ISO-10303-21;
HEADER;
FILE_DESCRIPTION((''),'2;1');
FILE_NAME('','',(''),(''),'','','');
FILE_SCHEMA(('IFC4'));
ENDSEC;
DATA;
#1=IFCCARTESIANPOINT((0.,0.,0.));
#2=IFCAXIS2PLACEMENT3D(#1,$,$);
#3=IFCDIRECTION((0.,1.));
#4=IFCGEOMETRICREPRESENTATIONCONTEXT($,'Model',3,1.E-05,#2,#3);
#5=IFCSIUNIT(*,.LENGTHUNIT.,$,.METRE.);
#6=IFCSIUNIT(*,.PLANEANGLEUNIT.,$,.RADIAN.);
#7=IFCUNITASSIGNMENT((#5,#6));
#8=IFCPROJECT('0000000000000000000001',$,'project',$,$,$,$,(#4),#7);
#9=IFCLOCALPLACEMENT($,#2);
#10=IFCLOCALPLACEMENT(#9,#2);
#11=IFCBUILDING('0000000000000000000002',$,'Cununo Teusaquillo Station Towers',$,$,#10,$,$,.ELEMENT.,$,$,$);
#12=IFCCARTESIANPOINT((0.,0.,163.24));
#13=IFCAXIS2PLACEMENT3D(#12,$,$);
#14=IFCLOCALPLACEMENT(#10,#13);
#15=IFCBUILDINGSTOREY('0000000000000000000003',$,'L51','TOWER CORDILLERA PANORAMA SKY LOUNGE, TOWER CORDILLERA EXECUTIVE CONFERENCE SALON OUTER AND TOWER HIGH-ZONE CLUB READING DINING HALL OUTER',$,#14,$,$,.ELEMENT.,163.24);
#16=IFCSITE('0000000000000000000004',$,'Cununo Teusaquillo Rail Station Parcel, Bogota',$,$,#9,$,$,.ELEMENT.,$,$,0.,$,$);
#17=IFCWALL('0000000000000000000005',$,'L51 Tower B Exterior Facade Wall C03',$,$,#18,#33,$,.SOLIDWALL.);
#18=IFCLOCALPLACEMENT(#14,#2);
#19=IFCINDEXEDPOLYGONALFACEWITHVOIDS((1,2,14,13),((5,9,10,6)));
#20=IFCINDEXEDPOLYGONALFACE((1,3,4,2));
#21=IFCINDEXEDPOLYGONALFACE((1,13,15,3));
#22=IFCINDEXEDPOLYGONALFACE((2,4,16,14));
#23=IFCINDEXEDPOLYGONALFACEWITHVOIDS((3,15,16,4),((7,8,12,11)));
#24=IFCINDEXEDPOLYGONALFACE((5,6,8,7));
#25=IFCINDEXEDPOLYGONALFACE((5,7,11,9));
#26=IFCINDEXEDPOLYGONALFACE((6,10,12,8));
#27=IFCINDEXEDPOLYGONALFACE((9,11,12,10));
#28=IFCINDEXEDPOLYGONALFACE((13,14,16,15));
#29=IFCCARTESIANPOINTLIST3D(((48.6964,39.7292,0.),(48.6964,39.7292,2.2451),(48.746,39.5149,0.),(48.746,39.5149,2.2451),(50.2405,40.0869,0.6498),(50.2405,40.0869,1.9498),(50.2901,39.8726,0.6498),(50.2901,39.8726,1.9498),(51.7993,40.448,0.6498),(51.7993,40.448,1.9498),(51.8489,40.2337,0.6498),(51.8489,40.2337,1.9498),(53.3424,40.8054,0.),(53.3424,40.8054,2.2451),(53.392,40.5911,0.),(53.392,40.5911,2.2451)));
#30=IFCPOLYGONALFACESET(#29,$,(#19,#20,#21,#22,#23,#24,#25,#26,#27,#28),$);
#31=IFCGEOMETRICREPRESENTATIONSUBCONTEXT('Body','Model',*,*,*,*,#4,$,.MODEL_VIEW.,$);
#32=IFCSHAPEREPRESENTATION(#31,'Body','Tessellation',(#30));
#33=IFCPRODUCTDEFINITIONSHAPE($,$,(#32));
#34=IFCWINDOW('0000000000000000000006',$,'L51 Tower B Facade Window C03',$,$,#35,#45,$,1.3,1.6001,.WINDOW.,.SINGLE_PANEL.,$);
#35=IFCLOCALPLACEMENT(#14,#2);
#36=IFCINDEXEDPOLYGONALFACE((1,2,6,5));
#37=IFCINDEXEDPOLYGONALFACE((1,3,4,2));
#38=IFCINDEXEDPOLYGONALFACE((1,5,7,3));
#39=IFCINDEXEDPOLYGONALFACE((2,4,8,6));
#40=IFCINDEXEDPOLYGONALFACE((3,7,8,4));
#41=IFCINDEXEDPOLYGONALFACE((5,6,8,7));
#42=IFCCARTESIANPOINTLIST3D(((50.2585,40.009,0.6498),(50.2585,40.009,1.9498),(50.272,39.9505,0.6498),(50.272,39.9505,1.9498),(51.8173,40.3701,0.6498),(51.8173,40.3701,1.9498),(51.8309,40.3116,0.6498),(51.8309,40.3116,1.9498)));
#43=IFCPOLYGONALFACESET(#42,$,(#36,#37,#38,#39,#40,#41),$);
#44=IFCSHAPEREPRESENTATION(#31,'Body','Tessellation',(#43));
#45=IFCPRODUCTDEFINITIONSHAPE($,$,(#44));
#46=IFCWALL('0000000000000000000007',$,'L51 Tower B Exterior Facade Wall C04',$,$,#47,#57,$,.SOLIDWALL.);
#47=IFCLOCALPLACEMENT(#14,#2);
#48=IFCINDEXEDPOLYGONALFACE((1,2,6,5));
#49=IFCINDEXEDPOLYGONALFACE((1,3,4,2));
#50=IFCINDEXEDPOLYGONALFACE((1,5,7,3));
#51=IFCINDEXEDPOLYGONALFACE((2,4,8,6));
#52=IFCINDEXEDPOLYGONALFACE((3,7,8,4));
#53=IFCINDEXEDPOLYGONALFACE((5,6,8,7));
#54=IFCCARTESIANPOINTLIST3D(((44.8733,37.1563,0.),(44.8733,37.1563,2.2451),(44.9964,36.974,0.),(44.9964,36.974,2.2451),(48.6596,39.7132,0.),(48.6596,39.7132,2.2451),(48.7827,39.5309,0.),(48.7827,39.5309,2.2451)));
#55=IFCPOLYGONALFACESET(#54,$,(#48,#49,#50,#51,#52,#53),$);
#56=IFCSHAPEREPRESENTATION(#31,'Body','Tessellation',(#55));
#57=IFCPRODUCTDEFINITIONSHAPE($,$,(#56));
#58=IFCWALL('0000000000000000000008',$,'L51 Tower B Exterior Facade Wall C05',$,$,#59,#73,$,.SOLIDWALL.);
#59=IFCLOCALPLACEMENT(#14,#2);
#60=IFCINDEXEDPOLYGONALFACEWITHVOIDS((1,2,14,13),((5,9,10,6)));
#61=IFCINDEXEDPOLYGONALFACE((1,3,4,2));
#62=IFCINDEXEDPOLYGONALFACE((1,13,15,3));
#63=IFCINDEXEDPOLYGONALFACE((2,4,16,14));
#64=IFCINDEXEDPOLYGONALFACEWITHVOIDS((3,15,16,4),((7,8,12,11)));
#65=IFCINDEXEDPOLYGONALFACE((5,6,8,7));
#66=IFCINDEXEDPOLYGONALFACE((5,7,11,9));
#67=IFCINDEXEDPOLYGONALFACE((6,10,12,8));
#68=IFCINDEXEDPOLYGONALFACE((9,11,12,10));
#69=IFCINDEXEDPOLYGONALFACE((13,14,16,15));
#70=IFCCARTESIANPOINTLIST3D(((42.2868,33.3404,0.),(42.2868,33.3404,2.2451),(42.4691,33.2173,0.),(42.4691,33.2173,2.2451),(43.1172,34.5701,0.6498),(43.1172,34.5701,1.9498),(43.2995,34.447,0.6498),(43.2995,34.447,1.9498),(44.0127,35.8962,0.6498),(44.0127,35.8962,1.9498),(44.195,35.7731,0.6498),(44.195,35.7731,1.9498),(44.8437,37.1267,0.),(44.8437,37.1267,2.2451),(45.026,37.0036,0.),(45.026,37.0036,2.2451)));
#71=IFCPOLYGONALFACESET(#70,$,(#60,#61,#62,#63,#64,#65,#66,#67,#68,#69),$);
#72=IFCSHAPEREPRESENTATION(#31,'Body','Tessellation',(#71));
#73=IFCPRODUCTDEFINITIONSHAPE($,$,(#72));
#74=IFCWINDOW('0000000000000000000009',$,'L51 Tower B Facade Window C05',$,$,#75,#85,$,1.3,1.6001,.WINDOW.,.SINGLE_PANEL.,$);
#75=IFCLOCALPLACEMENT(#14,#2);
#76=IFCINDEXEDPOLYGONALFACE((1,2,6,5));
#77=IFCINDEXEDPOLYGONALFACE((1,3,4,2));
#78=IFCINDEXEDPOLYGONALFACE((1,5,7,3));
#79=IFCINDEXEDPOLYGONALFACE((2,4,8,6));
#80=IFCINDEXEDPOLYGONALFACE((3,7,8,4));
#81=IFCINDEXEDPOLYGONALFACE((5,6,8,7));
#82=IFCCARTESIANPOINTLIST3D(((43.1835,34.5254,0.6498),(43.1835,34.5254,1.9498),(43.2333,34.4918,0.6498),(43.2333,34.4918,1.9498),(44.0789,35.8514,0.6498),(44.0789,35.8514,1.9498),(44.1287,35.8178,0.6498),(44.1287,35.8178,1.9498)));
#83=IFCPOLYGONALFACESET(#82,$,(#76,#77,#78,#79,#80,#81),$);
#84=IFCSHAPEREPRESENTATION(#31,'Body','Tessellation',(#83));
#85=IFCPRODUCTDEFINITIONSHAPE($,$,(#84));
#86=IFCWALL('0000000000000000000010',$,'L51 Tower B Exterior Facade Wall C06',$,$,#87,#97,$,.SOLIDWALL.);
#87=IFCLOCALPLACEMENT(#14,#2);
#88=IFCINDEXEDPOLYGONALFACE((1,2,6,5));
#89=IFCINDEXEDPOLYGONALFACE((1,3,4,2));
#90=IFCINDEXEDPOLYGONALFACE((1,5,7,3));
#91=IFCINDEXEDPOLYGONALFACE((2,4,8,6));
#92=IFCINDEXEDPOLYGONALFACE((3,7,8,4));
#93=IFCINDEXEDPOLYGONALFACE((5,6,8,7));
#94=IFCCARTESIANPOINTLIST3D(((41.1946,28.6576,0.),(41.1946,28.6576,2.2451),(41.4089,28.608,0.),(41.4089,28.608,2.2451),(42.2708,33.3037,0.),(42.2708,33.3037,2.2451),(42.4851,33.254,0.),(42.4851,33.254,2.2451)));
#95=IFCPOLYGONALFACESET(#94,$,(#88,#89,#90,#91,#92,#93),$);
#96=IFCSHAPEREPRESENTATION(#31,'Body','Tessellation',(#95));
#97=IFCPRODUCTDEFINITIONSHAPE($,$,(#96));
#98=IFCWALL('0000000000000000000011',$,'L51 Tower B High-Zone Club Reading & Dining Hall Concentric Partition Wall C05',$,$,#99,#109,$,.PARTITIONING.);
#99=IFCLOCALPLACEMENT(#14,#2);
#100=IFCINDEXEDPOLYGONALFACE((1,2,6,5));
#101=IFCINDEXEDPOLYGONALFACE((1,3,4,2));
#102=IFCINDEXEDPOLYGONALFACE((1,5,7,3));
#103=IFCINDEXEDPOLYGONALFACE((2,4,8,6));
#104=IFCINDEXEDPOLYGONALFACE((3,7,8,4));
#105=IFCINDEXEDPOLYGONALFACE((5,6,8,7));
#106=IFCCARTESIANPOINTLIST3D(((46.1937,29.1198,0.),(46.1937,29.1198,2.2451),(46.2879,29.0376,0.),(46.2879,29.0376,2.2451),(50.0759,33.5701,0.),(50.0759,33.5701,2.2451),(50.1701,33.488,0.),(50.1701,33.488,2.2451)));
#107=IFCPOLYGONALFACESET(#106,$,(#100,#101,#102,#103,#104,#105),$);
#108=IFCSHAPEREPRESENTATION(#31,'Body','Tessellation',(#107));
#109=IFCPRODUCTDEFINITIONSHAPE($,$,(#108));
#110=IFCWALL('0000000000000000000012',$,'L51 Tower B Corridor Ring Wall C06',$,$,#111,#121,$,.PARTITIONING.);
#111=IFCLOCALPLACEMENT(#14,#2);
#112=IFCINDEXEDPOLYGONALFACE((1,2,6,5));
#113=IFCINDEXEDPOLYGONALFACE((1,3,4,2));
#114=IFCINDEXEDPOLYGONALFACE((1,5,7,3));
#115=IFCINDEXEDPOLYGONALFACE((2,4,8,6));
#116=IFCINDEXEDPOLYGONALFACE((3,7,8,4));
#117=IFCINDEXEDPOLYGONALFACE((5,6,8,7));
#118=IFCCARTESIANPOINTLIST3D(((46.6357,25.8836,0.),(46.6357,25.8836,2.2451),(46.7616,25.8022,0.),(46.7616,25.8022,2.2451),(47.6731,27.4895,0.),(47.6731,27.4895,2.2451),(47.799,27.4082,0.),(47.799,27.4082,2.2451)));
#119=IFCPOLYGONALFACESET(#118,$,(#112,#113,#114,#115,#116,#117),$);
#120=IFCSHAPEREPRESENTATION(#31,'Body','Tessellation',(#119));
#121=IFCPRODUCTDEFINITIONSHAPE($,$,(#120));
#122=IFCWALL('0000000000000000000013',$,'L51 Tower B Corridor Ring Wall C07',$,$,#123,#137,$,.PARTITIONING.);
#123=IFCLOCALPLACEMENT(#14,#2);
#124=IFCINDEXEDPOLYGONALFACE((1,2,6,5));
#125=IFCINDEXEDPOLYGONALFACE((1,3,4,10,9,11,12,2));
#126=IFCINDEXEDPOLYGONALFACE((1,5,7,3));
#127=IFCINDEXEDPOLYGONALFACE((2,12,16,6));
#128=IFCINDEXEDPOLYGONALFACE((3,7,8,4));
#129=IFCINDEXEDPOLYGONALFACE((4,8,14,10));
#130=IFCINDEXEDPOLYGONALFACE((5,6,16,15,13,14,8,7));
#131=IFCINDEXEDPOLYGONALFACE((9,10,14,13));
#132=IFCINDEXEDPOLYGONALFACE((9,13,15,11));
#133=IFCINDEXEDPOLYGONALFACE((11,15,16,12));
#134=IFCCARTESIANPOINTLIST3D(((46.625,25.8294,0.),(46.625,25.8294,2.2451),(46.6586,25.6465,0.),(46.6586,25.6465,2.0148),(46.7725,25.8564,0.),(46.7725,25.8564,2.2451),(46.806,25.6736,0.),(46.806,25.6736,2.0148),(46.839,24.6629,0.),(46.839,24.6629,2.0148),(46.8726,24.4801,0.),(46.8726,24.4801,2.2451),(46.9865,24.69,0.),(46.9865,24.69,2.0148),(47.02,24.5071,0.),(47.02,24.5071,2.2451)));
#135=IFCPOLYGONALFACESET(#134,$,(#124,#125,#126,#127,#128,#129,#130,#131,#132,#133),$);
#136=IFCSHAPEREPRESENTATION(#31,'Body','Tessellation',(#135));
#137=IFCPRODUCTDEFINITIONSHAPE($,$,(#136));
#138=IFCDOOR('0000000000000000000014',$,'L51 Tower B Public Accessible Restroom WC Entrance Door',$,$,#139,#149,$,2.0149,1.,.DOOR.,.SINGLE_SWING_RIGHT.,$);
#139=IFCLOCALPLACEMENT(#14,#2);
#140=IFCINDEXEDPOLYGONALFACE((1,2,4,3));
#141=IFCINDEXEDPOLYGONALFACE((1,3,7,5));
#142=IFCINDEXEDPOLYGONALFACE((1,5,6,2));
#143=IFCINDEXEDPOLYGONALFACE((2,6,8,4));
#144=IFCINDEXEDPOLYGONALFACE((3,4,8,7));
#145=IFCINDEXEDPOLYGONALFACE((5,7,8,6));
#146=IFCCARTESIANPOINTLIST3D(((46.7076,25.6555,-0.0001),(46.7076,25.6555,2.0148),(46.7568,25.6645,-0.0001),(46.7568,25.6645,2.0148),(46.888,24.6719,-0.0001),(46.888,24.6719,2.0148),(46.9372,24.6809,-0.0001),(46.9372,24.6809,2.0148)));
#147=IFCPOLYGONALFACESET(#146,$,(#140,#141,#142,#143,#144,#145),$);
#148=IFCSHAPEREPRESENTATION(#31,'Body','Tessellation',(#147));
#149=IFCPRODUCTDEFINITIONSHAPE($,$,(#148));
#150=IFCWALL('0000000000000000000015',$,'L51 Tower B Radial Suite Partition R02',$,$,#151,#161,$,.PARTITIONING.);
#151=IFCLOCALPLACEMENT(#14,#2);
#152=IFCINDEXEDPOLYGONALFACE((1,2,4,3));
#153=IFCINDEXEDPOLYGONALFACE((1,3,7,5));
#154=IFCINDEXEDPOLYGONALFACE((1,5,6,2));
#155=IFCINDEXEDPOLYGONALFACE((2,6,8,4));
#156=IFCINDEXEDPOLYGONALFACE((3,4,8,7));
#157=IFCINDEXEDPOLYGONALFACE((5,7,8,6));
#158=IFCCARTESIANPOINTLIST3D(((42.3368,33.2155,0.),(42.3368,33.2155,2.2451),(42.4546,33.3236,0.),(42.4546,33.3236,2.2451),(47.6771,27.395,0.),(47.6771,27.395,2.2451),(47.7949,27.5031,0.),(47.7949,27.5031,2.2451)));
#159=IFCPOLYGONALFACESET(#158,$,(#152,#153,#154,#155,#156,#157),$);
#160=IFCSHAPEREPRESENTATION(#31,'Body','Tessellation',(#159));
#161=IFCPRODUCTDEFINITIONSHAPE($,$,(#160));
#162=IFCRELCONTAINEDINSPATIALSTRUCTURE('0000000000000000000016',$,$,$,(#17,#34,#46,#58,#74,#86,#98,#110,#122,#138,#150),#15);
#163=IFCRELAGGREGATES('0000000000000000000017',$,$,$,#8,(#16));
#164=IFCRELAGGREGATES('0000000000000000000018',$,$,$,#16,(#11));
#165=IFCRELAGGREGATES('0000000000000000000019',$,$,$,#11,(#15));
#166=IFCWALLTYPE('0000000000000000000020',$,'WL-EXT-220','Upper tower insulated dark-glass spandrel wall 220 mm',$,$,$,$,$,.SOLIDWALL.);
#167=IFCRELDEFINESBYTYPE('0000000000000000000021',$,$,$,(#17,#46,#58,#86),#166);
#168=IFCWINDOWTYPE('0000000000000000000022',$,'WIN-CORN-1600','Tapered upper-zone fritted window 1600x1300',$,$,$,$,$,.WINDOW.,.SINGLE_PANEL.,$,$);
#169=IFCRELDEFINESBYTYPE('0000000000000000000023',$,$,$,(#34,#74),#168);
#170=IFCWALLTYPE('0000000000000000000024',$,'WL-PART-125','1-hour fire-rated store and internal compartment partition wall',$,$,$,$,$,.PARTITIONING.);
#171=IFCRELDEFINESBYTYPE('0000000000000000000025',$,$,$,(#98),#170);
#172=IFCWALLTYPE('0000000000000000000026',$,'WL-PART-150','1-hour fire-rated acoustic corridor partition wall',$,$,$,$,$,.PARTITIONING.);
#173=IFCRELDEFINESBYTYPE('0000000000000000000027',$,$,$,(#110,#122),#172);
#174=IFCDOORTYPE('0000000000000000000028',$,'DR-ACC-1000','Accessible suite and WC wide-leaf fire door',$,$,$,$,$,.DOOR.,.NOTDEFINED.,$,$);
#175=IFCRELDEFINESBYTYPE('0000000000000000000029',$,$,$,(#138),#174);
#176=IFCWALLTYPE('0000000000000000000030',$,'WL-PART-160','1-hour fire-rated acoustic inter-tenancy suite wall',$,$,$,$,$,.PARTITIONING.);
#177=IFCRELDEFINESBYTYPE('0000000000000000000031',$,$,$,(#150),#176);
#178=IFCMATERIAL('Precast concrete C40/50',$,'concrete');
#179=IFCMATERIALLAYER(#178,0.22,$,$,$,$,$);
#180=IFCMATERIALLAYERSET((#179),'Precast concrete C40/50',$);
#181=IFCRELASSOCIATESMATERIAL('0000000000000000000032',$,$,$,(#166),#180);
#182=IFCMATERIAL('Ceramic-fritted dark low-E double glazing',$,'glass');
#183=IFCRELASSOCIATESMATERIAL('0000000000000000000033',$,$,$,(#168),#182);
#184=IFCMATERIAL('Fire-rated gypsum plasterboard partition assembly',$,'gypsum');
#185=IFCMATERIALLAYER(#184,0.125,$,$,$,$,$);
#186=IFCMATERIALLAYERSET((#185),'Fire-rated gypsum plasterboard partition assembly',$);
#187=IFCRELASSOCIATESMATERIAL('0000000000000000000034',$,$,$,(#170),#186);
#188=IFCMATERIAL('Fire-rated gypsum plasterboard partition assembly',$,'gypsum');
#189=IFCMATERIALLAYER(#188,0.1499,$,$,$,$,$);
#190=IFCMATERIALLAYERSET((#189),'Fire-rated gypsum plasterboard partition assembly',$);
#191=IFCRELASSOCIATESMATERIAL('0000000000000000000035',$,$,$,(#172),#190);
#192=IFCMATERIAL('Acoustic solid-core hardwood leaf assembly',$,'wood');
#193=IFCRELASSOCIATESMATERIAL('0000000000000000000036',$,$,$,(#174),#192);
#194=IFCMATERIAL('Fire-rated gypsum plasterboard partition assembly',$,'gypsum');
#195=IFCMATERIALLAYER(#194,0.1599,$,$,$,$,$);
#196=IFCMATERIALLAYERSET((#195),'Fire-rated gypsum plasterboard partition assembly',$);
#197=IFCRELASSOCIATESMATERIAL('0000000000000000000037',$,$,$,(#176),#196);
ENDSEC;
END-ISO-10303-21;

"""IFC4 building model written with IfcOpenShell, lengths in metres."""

from ifc_helpers import new_model, si_unit, direction, frame, frame_2d, origin, place, context, subcontext, project, spatial, rectangle, extrude, source, transform, mapped, material, layer, layer_set, type_object, element, fill, save


model = new_model("IFC4")

# Units and contexts
model_context = context("Model", 3, precision=1e-05, world=origin(), true_north=direction((0.0, 1.0)))
body_context = subcontext(model_context, "Body", "Model", "MODEL_VIEW")
ifc_project = project(units=[si_unit("LENGTHUNIT", "METRE"), si_unit("PLANEANGLEUNIT", "RADIAN")], contexts=[model_context])

# Site, building, storey
site_placement = place(None, origin())
site = spatial("IfcSite", under=ifc_project, at=site_placement, Name="Cununo Teusaquillo Rail Station Parcel, Bogota", CompositionType="ELEMENT", RefElevation=0.0)
building_placement = place(site_placement, origin())
building = spatial("IfcBuilding", under=site, at=building_placement, Name="Cununo Teusaquillo Station Towers", CompositionType="ELEMENT")
storey_placement = place(building_placement, frame((0.0, 0.0, 163.24)))
storey = spatial("IfcBuildingStorey", under=building, at=storey_placement, Name="L51", Description="TOWER CORDILLERA PANORAMA SKY LOUNGE, TOWER CORDILLERA EXECUTIVE CONFERENCE SALON OUTER AND TOWER HIGH-ZONE CLUB READING DINING HALL OUTER", CompositionType="ELEMENT", Elevation=163.24)

# Wall, opening, window
ifc_material_1 = material(Name="Precast concrete C40/50", Category="concrete")
ifc_layer_1 = layer(ifc_material_1, 0.22)
ifc_layer_set_1 = layer_set([ifc_layer_1], Name="Precast concrete C40/50")
wall_type_1 = type_object("IfcWallType", Name="WL-EXT-220", Description="Upper tower insulated dark-glass spandrel wall 220 mm", PredefinedType="SOLIDWALL", material=ifc_layer_set_1)
wall_1_placement = place(storey_placement, frame((48.7212, 39.6221, 0.0), z_axis=(0.0, 0.0, 1.0), x_axis=(0.974206, 0.22566, 0.0)))
wall_1 = element("IfcWall", 1, at=wall_1_placement, inside=storey, type_object=wall_type_1, Name="L51 Tower B Exterior Facade Wall C03", PredefinedType="SOLIDWALL", context=body_context, shape_type="SweptSolid", body=[
    extrude(rectangle(XDim=4.769, YDim=0.22, at=frame_2d((2.3845, 0.0))), origin(), (0.0, 0.0, 1.0), 2.2451),
])
shared_shape_1 = source(origin(), body_context, "Body", "SweptSolid", [
    extrude(rectangle(XDim=1.6001, YDim=1.3, at=frame_2d((0.8, 0.6499))), frame((0.0, 0.1199, 0.0), z_axis=(0.0, -1.0, 0.0), x_axis=(1.0, 0.0, 0.0)), (0.0, 0.0, 1.0), 0.24),
])
opening_1_placement = place(wall_1_placement, frame((1.585, 0.0, 0.6499)))
opening_1 = element("IfcOpeningElement", 2, at=opening_1_placement, cuts=wall_1, PredefinedType="OPENING", context=body_context, shape_type="MappedRepresentation", body=[
    mapped(shared_shape_1, transform((0.0, 0.0, 0.0), x_axis=(1.0, 0.0, 0.0), y_axis=(0.0, 1.0, 0.0), z_axis=(0.0, 0.0, 1.0), scale=1.0)),
])
ifc_material_2 = material(Name="Ceramic-fritted dark low-E double glazing", Category="glass")
window_type = type_object("IfcWindowType", Name="WIN-CORN-1600", Description="Tapered upper-zone fritted window 1600x1300", PartitioningType="SINGLE_PANEL", PredefinedType="WINDOW", material=ifc_material_2)
shared_shape_2 = source(origin(), body_context, "Body", "SweptSolid", [
    extrude(rectangle(XDim=1.6001, YDim=1.3, at=frame_2d((0.8, 0.6499))), frame((0.0, 0.03, 0.0), z_axis=(0.0, -1.0, 0.0), x_axis=(1.0, 0.0, 0.0)), (0.0, 0.0, 1.0), 0.0601),
])
window_1_placement = place(opening_1_placement, origin())
window_1 = element("IfcWindow", 3, at=window_1_placement, inside=storey, type_object=window_type, Name="L51 Tower B Facade Window C03", OverallHeight=1.3, OverallWidth=1.6001, PartitioningType="SINGLE_PANEL", PredefinedType="WINDOW", context=body_context, shape_type="MappedRepresentation", body=[
    mapped(shared_shape_2, transform((0.0, 0.0, 0.0), x_axis=(1.0, 0.0, 0.0), y_axis=(0.0, 1.0, 0.0), z_axis=(0.0, 0.0, 1.0), scale=1.0)),
])
fill(opening_1, window_1)

# Wall
wall_2_placement = place(storey_placement, frame((44.9348, 37.0652, 0.0), z_axis=(0.0, 0.0, 1.0), x_axis=(0.828739, 0.559635, 0.0)))
element("IfcWall", 4, at=wall_2_placement, inside=storey, type_object=wall_type_1, Name="L51 Tower B Exterior Facade Wall C04", PredefinedType="SOLIDWALL", context=body_context, shape_type="SweptSolid", body=[
    extrude(rectangle(XDim=4.5688, YDim=0.22, at=frame_2d((2.2844, 0.0))), origin(), (0.0, 0.0, 1.0), 2.2451),
])

# Wall, opening, window
wall_3_placement = place(storey_placement, frame((42.3779, 33.2788, 0.0), z_axis=(0.0, 0.0, 1.0), x_axis=(0.559635, 0.828739, 0.0)))
wall_3 = element("IfcWall", 5, at=wall_3_placement, inside=storey, type_object=wall_type_1, Name="L51 Tower B Exterior Facade Wall C05", PredefinedType="SOLIDWALL", context=body_context, shape_type="SweptSolid", body=[
    extrude(rectangle(XDim=4.5688, YDim=0.22, at=frame_2d((2.2844, 0.0))), origin(), (0.0, 0.0, 1.0), 2.2451),
])
opening_2_placement = place(wall_3_placement, frame((1.4839, 0.0, 0.6499)))
opening_2 = element("IfcOpeningElement", 6, at=opening_2_placement, cuts=wall_3, PredefinedType="OPENING", context=body_context, shape_type="MappedRepresentation", body=[
    mapped(shared_shape_1, transform((0.0, 0.0, 0.0), x_axis=(1.0, 0.0, 0.0), y_axis=(0.0, 1.0, 0.0), z_axis=(0.0, 0.0, 1.0), scale=1.0)),
])
window_2_placement = place(opening_2_placement, origin())
window_2 = element("IfcWindow", 7, at=window_2_placement, inside=storey, type_object=window_type, Name="L51 Tower B Facade Window C05", OverallHeight=1.3, OverallWidth=1.6001, PartitioningType="SINGLE_PANEL", PredefinedType="WINDOW", context=body_context, shape_type="MappedRepresentation", body=[
    mapped(shared_shape_2, transform((0.0, 0.0, 0.0), x_axis=(1.0, 0.0, 0.0), y_axis=(0.0, 1.0, 0.0), z_axis=(0.0, 0.0, 1.0), scale=1.0)),
])
fill(opening_2, window_2)

# Walls
wall_4_placement = place(storey_placement, frame((41.3018, 28.6328, 0.0), z_axis=(0.0, 0.0, 1.0), x_axis=(0.22566, 0.974206, 0.0)))
element("IfcWall", 8, at=wall_4_placement, inside=storey, type_object=wall_type_1, Name="L51 Tower B Exterior Facade Wall C06", PredefinedType="SOLIDWALL", context=body_context, shape_type="SweptSolid", body=[
    extrude(rectangle(XDim=4.769, YDim=0.22, at=frame_2d((2.3845, 0.0))), origin(), (0.0, 0.0, 1.0), 2.2451),
])
ifc_material_3 = material(Name="Fire-rated gypsum plasterboard partition assembly", Category="gypsum")
ifc_layer_2 = layer(ifc_material_3, 0.125)
ifc_layer_set_2 = layer_set([ifc_layer_2], Name="Fire-rated gypsum plasterboard partition assembly")
wall_type_2 = type_object("IfcWallType", Name="WL-PART-125", Description="1-hour fire-rated store and internal compartment partition wall", PredefinedType="PARTITIONING", material=ifc_layer_set_2)
wall_5_placement = place(storey_placement, frame((50.123, 33.5291, 0.0), z_axis=(0.0, 0.0, 1.0), x_axis=(-0.657371, -0.753567, 0.0)))
element("IfcWall", 9, at=wall_5_placement, inside=storey, type_object=wall_type_2, Name="L51 Tower B High-Zone Club Reading & Dining Hall Concentric Partition Wall C05", PredefinedType="PARTITIONING", context=body_context, shape_type="SweptSolid", body=[
    extrude(rectangle(XDim=5.9058, YDim=0.125, at=frame_2d((2.9529, 0.0))), origin(), (0.0, 0.0, 1.0), 2.2451),
])
ifc_material_4 = material(Name="Fire-rated gypsum plasterboard partition assembly", Category="gypsum")
ifc_layer_3 = layer(ifc_material_4, 0.1499)
ifc_layer_set_3 = layer_set([ifc_layer_3], Name="Fire-rated gypsum plasterboard partition assembly")
wall_type_3 = type_object("IfcWallType", Name="WL-PART-150", Description="1-hour fire-rated acoustic corridor partition wall", PredefinedType="PARTITIONING", material=ifc_layer_set_3)
wall_6_placement = place(storey_placement, frame((47.7361, 27.449, 0.0), z_axis=(0.0, 0.0, 1.0), x_axis=(-0.542589, -0.839998, 0.0)))
element("IfcWall", 10, at=wall_6_placement, inside=storey, type_object=wall_type_3, Name="L51 Tower B Corridor Ring Wall C06", PredefinedType="PARTITIONING", context=body_context, shape_type="SweptSolid", body=[
    extrude(rectangle(XDim=1.9119, YDim=0.1499, at=frame_2d((0.9561, 0.0))), origin(), (0.0, 0.0, 1.0), 2.2451),
])

# Wall, opening, door
wall_7_placement = place(storey_placement, frame((46.6987, 25.843, 0.0), z_axis=(0.0, 0.0, 1.0), x_axis=(0.180451, -0.983584, 0.0)))
wall_7 = element("IfcWall", 11, at=wall_7_placement, inside=storey, type_object=wall_type_3, Name="L51 Tower B Corridor Ring Wall C07", PredefinedType="PARTITIONING", context=body_context, shape_type="SweptSolid", body=[
    extrude(rectangle(XDim=1.3718, YDim=0.1499, at=frame_2d((0.686, 0.0))), origin(), (0.0, 0.0, 1.0), 2.2451),
])
shared_shape_3 = source(origin(), body_context, "Body", "SweptSolid", [
    extrude(rectangle(XDim=1.0, YDim=2.0149, at=frame_2d((0.5, 1.0073))), frame((0.0, 0.085, 0.0), z_axis=(0.0, -1.0, 0.0), x_axis=(1.0, 0.0, 0.0)), (0.0, 0.0, 1.0), 0.1699),
])
opening_3_placement = place(wall_7_placement, frame((0.186, 0.0, 0.0)))
opening_3 = element("IfcOpeningElement", 12, at=opening_3_placement, cuts=wall_7, PredefinedType="OPENING", context=body_context, shape_type="MappedRepresentation", body=[
    mapped(shared_shape_3, transform((0.0, 0.0, 0.0), x_axis=(1.0, 0.0, 0.0), y_axis=(0.0, 1.0, 0.0), z_axis=(0.0, 0.0, 1.0), scale=1.0)),
])
ifc_material_5 = material(Name="Acoustic solid-core hardwood leaf assembly", Category="wood")
door_type = type_object("IfcDoorType", Name="DR-ACC-1000", Description="Accessible suite and WC wide-leaf fire door", OperationType="NOTDEFINED", PredefinedType="DOOR", material=ifc_material_5)
shared_shape_4 = source(origin(), body_context, "Body", "SweptSolid", [
    extrude(rectangle(XDim=1.0, YDim=2.0149, at=frame_2d((0.5, 1.0073))), frame((0.0, 0.0249, 0.0), z_axis=(0.0, -1.0, 0.0), x_axis=(1.0, 0.0, 0.0)), (0.0, 0.0, 1.0), 0.05),
])
door_placement = place(opening_3_placement, origin())
door = element("IfcDoor", 13, at=door_placement, inside=storey, type_object=door_type, Name="L51 Tower B Public Accessible Restroom WC Entrance Door", OperationType="SINGLE_SWING_RIGHT", OverallHeight=2.0149, OverallWidth=1.0, PredefinedType="DOOR", context=body_context, shape_type="MappedRepresentation", body=[
    mapped(shared_shape_4, transform((0.0, 0.0, 0.0), x_axis=(1.0, 0.0, 0.0), y_axis=(0.0, 1.0, 0.0), z_axis=(0.0, 0.0, 1.0), scale=1.0)),
])
fill(opening_3, door)

# Wall
ifc_material_6 = material(Name="Fire-rated gypsum plasterboard partition assembly", Category="gypsum")
ifc_layer_4 = layer(ifc_material_6, 0.1599)
ifc_layer_set_4 = layer_set([ifc_layer_4], Name="Fire-rated gypsum plasterboard partition assembly")
wall_type_4 = type_object("IfcWallType", Name="WL-PART-160", Description="1-hour fire-rated acoustic inter-tenancy suite wall", PredefinedType="PARTITIONING", material=ifc_layer_set_4)
wall_8_placement = place(storey_placement, frame((47.7361, 27.449, 0.0), z_axis=(0.0, 0.0, 1.0), x_axis=(-0.676056, 0.73685, 0.0)))
element("IfcWall", 14, at=wall_8_placement, inside=storey, type_object=wall_type_4, Name="L51 Tower B Radial Suite Partition R02", PredefinedType="PARTITIONING", context=body_context, shape_type="SweptSolid", body=[
    extrude(rectangle(XDim=7.8992, YDim=0.1599, at=frame_2d((3.9497, 0.0))), origin(), (0.0, 0.0, 1.0), 2.2451),
])

save(model, "model.ifc")
